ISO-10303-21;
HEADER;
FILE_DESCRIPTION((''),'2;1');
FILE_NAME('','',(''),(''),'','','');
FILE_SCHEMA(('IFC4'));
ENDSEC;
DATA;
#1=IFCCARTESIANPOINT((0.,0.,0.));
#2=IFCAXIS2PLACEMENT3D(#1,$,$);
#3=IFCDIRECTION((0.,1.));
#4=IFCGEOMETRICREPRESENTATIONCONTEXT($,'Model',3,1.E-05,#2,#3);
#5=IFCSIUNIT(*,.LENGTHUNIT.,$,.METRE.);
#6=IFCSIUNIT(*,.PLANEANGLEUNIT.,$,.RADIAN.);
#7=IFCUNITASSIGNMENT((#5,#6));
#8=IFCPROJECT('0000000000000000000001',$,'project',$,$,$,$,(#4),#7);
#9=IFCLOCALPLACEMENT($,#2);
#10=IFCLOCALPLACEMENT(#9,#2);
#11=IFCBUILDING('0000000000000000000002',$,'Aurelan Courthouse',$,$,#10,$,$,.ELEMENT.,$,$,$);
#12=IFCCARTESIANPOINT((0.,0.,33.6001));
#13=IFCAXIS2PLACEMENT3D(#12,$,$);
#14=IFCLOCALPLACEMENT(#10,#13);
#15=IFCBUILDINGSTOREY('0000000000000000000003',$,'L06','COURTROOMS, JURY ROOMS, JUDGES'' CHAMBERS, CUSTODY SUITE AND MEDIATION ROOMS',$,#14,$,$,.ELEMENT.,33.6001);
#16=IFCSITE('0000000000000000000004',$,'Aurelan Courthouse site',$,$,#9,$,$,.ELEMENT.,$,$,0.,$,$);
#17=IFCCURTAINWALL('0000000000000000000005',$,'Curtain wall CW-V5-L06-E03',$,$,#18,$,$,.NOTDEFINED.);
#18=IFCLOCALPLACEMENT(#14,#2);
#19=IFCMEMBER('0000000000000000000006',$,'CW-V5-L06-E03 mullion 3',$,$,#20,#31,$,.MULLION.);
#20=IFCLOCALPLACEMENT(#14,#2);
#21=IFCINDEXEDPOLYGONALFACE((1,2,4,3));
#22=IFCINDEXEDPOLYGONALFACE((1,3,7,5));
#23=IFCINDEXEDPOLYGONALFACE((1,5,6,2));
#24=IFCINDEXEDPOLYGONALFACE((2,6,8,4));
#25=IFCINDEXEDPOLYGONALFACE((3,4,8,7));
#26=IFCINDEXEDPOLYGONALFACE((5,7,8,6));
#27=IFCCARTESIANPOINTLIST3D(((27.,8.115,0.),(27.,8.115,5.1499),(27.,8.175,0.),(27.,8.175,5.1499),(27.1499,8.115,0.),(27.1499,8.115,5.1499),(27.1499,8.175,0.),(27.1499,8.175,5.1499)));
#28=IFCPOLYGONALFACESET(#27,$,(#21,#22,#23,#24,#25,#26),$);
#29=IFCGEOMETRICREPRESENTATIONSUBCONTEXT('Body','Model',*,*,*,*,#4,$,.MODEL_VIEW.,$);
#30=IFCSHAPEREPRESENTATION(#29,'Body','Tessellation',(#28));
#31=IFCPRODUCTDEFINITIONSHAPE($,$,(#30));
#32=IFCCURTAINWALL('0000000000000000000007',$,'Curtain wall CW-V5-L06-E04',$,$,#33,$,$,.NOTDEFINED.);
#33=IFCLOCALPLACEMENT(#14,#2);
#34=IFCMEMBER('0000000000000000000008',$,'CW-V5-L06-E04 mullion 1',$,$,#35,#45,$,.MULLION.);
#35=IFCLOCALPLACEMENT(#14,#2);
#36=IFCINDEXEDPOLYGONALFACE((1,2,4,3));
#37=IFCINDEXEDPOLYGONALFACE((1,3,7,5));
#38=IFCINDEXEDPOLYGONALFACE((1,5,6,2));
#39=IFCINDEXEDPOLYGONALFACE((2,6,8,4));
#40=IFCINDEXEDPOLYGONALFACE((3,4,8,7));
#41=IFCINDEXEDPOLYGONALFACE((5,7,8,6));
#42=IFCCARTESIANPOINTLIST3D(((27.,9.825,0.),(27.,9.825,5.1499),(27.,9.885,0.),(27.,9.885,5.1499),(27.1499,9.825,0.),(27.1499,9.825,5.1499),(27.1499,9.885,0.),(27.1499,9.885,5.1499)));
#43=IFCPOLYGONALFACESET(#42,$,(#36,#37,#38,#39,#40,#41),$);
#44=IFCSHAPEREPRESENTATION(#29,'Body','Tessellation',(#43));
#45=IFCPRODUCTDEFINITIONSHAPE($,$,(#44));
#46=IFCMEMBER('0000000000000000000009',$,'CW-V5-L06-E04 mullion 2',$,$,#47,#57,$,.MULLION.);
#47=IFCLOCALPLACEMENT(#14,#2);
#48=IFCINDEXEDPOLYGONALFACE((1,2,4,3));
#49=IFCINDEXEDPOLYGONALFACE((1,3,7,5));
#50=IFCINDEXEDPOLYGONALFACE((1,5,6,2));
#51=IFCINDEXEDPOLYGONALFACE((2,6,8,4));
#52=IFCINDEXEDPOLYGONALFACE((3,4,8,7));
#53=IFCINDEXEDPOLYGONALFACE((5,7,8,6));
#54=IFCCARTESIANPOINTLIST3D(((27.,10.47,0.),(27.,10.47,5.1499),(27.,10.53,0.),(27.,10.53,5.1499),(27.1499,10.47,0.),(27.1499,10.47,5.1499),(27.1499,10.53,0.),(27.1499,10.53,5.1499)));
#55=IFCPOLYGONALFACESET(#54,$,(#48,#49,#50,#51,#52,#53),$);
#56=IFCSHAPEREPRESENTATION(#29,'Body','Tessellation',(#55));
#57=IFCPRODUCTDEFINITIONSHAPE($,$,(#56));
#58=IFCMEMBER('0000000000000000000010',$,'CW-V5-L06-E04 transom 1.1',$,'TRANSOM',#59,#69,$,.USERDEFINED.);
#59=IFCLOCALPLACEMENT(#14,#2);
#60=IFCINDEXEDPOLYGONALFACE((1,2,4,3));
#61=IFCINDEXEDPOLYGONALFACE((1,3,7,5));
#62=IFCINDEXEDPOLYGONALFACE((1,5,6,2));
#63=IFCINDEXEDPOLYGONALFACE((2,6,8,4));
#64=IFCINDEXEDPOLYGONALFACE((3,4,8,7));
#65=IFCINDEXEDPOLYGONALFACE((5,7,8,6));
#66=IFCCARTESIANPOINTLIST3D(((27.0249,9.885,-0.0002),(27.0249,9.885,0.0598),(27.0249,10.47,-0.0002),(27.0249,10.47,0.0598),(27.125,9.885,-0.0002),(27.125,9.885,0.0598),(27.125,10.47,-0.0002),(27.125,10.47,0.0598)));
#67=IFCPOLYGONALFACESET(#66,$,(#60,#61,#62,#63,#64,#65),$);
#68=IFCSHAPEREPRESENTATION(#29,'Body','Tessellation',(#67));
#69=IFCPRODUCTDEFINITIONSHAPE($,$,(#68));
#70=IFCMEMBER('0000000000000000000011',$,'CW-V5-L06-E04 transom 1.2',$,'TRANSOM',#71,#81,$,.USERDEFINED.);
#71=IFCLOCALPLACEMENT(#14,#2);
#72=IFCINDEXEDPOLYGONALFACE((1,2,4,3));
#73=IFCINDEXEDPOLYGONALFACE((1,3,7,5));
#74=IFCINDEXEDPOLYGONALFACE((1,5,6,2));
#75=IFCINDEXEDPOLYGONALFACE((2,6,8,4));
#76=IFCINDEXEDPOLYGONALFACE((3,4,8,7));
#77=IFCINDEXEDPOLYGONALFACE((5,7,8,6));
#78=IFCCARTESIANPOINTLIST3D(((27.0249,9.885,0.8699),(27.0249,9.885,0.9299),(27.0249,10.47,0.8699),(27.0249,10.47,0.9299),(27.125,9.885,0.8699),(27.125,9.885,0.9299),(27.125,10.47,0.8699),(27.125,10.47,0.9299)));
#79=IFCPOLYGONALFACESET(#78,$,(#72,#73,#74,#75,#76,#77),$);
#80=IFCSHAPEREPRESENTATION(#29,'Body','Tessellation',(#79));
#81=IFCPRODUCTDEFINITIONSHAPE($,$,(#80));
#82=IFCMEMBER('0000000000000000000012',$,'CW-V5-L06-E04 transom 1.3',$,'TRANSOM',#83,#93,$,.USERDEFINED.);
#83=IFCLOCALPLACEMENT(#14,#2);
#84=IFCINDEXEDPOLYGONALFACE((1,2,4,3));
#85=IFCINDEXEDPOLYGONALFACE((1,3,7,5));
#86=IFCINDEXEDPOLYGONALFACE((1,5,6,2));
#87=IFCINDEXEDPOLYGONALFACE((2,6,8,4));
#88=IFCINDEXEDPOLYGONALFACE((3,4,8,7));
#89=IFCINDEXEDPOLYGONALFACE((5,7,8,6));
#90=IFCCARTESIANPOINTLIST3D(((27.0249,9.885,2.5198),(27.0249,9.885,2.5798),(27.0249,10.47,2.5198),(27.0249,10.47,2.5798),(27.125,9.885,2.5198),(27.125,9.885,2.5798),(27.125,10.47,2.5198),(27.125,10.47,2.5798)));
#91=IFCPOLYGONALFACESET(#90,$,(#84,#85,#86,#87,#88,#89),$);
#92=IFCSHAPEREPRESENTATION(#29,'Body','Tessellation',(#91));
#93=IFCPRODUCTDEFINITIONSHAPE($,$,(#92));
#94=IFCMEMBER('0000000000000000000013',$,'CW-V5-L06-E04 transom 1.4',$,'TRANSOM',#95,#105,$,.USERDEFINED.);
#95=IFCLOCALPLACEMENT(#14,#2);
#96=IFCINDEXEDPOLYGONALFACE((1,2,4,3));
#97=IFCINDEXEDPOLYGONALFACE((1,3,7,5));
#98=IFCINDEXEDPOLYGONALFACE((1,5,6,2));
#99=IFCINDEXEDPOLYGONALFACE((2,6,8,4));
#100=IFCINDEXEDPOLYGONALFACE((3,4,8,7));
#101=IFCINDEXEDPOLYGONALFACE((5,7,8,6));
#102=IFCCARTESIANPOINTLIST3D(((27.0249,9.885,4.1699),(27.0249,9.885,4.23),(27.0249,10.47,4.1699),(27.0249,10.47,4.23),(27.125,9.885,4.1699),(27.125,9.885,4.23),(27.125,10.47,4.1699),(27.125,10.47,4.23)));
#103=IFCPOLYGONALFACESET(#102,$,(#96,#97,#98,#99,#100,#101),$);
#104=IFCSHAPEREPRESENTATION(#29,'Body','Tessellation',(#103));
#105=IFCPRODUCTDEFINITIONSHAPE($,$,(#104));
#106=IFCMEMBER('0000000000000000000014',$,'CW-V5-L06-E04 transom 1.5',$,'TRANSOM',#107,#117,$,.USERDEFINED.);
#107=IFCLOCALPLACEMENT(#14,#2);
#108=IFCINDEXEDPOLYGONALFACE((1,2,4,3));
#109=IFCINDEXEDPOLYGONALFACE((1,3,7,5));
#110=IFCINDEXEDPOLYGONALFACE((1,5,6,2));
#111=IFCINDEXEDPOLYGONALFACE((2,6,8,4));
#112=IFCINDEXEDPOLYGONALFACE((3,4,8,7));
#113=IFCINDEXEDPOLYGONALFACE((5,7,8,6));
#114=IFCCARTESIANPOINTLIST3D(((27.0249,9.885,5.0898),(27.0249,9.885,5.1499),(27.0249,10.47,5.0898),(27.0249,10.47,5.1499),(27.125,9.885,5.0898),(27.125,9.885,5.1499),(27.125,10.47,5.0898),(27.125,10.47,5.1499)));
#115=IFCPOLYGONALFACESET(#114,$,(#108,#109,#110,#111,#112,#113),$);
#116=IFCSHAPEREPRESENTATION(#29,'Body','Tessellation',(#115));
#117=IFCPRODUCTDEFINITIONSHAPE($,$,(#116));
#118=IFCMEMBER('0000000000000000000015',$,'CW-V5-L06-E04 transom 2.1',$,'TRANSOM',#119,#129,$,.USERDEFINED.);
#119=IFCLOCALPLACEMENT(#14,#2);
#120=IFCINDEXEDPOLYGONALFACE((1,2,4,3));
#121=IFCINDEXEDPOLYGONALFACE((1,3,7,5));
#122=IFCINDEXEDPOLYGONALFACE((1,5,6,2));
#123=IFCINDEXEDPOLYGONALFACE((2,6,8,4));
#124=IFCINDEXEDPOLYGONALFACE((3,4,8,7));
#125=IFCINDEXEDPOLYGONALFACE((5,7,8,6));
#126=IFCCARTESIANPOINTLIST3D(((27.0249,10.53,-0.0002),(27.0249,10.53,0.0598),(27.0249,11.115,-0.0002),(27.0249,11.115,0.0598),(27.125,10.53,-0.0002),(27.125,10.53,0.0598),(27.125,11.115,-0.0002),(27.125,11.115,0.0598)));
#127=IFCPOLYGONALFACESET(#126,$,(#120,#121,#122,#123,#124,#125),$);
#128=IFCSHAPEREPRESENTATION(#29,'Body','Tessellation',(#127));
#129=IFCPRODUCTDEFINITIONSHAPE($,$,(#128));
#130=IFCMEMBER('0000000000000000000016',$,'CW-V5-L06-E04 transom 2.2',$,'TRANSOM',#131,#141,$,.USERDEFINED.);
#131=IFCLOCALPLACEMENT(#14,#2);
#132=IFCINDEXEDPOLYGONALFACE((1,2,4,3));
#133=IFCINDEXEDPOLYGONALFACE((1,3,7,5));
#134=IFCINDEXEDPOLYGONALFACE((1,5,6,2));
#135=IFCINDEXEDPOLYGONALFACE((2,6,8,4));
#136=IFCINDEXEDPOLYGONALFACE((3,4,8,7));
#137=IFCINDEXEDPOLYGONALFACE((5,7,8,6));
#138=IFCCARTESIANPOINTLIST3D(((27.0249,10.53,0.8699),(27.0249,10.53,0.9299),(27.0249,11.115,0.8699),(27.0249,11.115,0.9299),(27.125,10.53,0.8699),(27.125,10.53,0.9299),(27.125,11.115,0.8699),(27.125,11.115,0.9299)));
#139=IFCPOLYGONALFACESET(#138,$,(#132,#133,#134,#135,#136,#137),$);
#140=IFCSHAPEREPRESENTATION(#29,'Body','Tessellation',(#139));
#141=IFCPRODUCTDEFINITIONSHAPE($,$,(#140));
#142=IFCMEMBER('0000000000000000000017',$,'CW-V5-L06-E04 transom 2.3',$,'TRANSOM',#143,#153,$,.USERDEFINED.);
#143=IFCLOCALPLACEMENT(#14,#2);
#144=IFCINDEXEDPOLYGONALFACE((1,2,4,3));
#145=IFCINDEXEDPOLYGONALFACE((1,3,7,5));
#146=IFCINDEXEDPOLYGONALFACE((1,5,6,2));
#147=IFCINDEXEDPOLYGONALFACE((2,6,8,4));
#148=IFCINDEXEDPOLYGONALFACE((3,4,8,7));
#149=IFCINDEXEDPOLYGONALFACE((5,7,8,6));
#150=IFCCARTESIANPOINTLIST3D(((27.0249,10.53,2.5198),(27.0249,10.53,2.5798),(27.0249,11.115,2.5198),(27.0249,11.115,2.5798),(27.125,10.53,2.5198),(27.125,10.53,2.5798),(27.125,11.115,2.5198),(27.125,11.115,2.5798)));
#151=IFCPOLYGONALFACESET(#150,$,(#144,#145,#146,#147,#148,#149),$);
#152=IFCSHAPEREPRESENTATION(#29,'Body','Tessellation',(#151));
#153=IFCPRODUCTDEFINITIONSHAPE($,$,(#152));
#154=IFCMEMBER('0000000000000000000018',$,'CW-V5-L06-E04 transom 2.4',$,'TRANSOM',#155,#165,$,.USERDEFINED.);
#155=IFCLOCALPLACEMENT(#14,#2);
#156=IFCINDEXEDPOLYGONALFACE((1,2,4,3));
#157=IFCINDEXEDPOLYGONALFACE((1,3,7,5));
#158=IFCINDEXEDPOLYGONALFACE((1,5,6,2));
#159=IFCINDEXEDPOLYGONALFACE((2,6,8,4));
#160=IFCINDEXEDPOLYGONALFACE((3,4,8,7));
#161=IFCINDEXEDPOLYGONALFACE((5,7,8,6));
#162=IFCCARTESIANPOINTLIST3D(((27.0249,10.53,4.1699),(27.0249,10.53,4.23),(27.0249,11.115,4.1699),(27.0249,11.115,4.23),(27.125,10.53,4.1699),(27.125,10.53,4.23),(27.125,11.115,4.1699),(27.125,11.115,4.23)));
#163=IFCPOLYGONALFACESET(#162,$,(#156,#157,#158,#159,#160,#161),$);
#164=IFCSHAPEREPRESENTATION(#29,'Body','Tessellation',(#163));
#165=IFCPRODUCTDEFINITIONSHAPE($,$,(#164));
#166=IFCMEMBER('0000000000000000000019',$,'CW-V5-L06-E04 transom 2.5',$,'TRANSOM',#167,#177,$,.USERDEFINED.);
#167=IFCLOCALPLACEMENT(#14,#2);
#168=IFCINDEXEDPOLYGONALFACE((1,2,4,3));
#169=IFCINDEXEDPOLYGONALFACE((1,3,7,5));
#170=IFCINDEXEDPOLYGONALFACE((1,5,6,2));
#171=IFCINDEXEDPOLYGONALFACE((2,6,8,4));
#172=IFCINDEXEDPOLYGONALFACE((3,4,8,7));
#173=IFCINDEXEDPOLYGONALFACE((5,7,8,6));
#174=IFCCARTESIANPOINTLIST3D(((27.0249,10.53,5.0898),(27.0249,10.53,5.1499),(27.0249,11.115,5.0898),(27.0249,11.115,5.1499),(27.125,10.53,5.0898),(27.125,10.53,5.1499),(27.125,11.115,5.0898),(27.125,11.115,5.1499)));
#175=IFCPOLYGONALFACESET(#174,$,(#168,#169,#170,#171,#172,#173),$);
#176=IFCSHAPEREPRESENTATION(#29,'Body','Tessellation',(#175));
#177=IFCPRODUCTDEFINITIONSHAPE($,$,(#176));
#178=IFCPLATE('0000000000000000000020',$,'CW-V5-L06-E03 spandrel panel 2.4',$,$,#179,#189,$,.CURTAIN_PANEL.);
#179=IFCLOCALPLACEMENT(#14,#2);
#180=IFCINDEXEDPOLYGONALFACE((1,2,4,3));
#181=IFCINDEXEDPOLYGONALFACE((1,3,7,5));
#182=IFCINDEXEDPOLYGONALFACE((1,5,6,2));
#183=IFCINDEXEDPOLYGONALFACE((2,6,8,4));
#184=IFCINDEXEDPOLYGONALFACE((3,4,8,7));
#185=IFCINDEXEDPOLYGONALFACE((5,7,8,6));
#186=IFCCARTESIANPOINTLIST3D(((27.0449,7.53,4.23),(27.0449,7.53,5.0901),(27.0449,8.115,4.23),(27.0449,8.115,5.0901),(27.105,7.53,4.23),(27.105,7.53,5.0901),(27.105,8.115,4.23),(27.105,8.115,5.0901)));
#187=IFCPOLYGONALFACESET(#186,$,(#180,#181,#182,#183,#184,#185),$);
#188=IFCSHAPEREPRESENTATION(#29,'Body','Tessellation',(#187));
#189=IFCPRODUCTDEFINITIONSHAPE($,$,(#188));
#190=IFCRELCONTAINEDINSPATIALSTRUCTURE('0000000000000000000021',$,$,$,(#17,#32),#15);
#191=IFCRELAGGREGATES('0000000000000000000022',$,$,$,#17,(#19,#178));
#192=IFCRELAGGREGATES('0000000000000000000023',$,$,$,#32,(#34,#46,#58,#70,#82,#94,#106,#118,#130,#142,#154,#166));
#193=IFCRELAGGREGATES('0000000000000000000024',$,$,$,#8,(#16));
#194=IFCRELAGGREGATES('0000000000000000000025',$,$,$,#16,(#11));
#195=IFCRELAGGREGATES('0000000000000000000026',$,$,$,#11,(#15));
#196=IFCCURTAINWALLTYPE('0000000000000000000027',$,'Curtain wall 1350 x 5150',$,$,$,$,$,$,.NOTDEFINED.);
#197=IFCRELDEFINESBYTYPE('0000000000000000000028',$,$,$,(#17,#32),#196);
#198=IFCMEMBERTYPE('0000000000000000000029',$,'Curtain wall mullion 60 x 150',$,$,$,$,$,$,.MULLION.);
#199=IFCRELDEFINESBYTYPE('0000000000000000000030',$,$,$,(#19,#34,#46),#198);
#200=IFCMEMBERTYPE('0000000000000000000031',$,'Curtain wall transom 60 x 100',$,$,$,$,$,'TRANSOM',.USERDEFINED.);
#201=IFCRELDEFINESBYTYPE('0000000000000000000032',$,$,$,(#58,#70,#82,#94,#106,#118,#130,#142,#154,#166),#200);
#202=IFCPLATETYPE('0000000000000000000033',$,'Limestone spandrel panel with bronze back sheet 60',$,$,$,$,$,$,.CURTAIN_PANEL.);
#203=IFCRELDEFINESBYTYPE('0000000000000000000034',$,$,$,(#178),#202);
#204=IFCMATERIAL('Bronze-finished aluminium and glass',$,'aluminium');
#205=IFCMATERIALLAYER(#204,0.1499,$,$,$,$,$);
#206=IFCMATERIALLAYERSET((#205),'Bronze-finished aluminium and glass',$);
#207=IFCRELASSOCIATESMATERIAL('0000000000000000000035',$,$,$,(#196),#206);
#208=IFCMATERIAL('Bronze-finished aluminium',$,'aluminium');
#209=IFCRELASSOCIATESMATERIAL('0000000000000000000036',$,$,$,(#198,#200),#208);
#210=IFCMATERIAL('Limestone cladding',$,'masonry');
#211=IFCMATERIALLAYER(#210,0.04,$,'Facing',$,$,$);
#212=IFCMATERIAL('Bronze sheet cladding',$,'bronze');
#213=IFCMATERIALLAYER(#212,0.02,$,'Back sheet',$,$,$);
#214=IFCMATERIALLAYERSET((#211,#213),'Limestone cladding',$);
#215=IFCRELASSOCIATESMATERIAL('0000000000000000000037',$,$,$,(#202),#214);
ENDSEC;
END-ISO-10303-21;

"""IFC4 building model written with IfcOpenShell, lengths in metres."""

from ifc_helpers import new_model, si_unit, direction, frame, origin, origin_2d, place, context, subcontext, project, spatial, rectangle, extrude, material, layer, layer_set, material_profile, profile_set, type_object, element, aggregate, save


model = new_model("IFC4")

# Units and contexts
model_context = context("Model", 3, precision=1e-05, world=origin(), true_north=direction((0.0, 1.0)))
body_context = subcontext(model_context, "Body", "Model", "MODEL_VIEW")
ifc_project = project(units=[si_unit("LENGTHUNIT", "METRE"), si_unit("PLANEANGLEUNIT", "RADIAN")], contexts=[model_context])

# Site, building, storey
site_placement = place(None, origin())
site = spatial("IfcSite", under=ifc_project, at=site_placement, Name="Aurelan Courthouse site", CompositionType="ELEMENT", RefElevation=0.0)
building_placement = place(site_placement, origin())
building = spatial("IfcBuilding", under=site, at=building_placement, Name="Aurelan Courthouse", CompositionType="ELEMENT")
storey_placement = place(building_placement, frame((0.0, 0.0, 33.6001)))
storey = spatial("IfcBuildingStorey", under=building, at=storey_placement, Name="L06", Description="COURTROOMS, JURY ROOMS, JUDGES' CHAMBERS, CUSTODY SUITE AND MEDIATION ROOMS", CompositionType="ELEMENT", Elevation=33.6001)

# Curtain wall, member
ifc_material_1 = material(Name="Bronze-finished aluminium and glass", Category="aluminium")
ifc_layer_1 = layer(ifc_material_1, 0.1499)
ifc_layer_set_1 = layer_set([ifc_layer_1], Name="Bronze-finished aluminium and glass")
curtain_wall_type = type_object("IfcCurtainWallType", Name="Curtain wall 1350 x 5150", PredefinedType="NOTDEFINED", material=ifc_layer_set_1)
curtain_wall_1_placement = place(storey_placement, origin())
curtain_wall_1 = element("IfcCurtainWall", 1, at=curtain_wall_1_placement, inside=storey, type_object=curtain_wall_type, Name="Curtain wall CW-V5-L06-E03", PredefinedType="NOTDEFINED")
ifc_material_2 = material(Name="Bronze-finished aluminium", Category="aluminium")
ifc_material_profile_1 = material_profile(ifc_material_2, rectangle(XDim=0.1499, YDim=0.0601, at=origin_2d()), Name="Bronze mullion 60 x 150")
ifc_profile_set_1 = profile_set([ifc_material_profile_1], Name="Bronze-finished aluminium")
member_type_1 = type_object("IfcMemberType", Name="Curtain wall mullion 60 x 150", PredefinedType="MULLION", material=ifc_profile_set_1)
member_1_placement = place(storey_placement, frame((27.075, 8.145, 0.0), z_axis=(0.0, 0.0, 1.0), x_axis=(-1.0, 0.0, 0.0)))
member_1 = element("IfcMember", 2, at=member_1_placement, type_object=member_type_1, Name="CW-V5-L06-E03 mullion 3", PredefinedType="MULLION", context=body_context, shape_type="SweptSolid", body=[
    extrude(rectangle(XDim=0.1499, YDim=0.0601, at=origin_2d()), origin(), (0.0, 0.0, 1.0), 5.1499),
])

# Curtain wall, members
curtain_wall_2_placement = place(storey_placement, origin())
curtain_wall_2 = element("IfcCurtainWall", 3, at=curtain_wall_2_placement, inside=storey, type_object=curtain_wall_type, Name="Curtain wall CW-V5-L06-E04", PredefinedType="NOTDEFINED")
member_2_placement = place(storey_placement, frame((27.075, 9.855, 0.0), z_axis=(0.0, 0.0, 1.0), x_axis=(-1.0, 0.0, 0.0)))
member_2 = element("IfcMember", 4, at=member_2_placement, type_object=member_type_1, Name="CW-V5-L06-E04 mullion 1", PredefinedType="MULLION", context=body_context, shape_type="SweptSolid", body=[
    extrude(rectangle(XDim=0.1499, YDim=0.0601, at=origin_2d()), origin(), (0.0, 0.0, 1.0), 5.1499),
])
member_3_placement = place(storey_placement, frame((27.075, 10.5, 0.0), z_axis=(0.0, 0.0, 1.0), x_axis=(-1.0, 0.0, 0.0)))
member_3 = element("IfcMember", 5, at=member_3_placement, type_object=member_type_1, Name="CW-V5-L06-E04 mullion 2", PredefinedType="MULLION", context=body_context, shape_type="SweptSolid", body=[
    extrude(rectangle(XDim=0.1499, YDim=0.0601, at=origin_2d()), origin(), (0.0, 0.0, 1.0), 5.1499),
])
ifc_material_profile_2 = material_profile(ifc_material_2, rectangle(XDim=0.1001, YDim=0.0601, at=origin_2d()), Name="Bronze transom 60 x 100")
ifc_profile_set_2 = profile_set([ifc_material_profile_2], Name="Bronze-finished aluminium")
member_type_2 = type_object("IfcMemberType", Name="Curtain wall transom 60 x 100", ElementType="TRANSOM", PredefinedType="USERDEFINED", material=ifc_profile_set_2)
member_4_placement = place(storey_placement, frame((27.075, 9.885, 0.0298), z_axis=(0.0, 1.0, 0.0), x_axis=(-1.0, 0.0, 0.0)))
member_4 = element("IfcMember", 6, at=member_4_placement, type_object=member_type_2, Name="CW-V5-L06-E04 transom 1.1", ObjectType="TRANSOM", PredefinedType="USERDEFINED", context=body_context, shape_type="SweptSolid", body=[
    extrude(rectangle(XDim=0.1001, YDim=0.0601, at=origin_2d()), origin(), (0.0, 0.0, 1.0), 0.585),
])
member_5_placement = place(storey_placement, frame((27.075, 9.885, 0.8999), z_axis=(0.0, 1.0, 0.0), x_axis=(-1.0, 0.0, 0.0)))
member_5 = element("IfcMember", 7, at=member_5_placement, type_object=member_type_2, Name="CW-V5-L06-E04 transom 1.2", ObjectType="TRANSOM", PredefinedType="USERDEFINED", context=body_context, shape_type="SweptSolid", body=[
    extrude(rectangle(XDim=0.1001, YDim=0.0601, at=origin_2d()), origin(), (0.0, 0.0, 1.0), 0.585),
])
member_6_placement = place(storey_placement, frame((27.075, 9.885, 2.5498), z_axis=(0.0, 1.0, 0.0), x_axis=(-1.0, 0.0, 0.0)))
member_6 = element("IfcMember", 8, at=member_6_placement, type_object=member_type_2, Name="CW-V5-L06-E04 transom 1.3", ObjectType="TRANSOM", PredefinedType="USERDEFINED", context=body_context, shape_type="SweptSolid", body=[
    extrude(rectangle(XDim=0.1001, YDim=0.0601, at=origin_2d()), origin(), (0.0, 0.0, 1.0), 0.585),
])
member_7_placement = place(storey_placement, frame((27.075, 9.885, 4.2), z_axis=(0.0, 1.0, 0.0), x_axis=(-1.0, 0.0, 0.0)))
member_7 = element("IfcMember", 9, at=member_7_placement, type_object=member_type_2, Name="CW-V5-L06-E04 transom 1.4", ObjectType="TRANSOM", PredefinedType="USERDEFINED", context=body_context, shape_type="SweptSolid", body=[
    extrude(rectangle(XDim=0.1001, YDim=0.0601, at=origin_2d()), origin(), (0.0, 0.0, 1.0), 0.585),
])
member_8_placement = place(storey_placement, frame((27.075, 9.885, 5.1199), z_axis=(0.0, 1.0, 0.0), x_axis=(-1.0, 0.0, 0.0)))
member_8 = element("IfcMember", 10, at=member_8_placement, type_object=member_type_2, Name="CW-V5-L06-E04 transom 1.5", ObjectType="TRANSOM", PredefinedType="USERDEFINED", context=body_context, shape_type="SweptSolid", body=[
    extrude(rectangle(XDim=0.1001, YDim=0.0601, at=origin_2d()), origin(), (0.0, 0.0, 1.0), 0.585),
])
member_9_placement = place(storey_placement, frame((27.075, 10.53, 0.0298), z_axis=(0.0, 1.0, 0.0), x_axis=(-1.0, 0.0, 0.0)))
member_9 = element("IfcMember", 11, at=member_9_placement, type_object=member_type_2, Name="CW-V5-L06-E04 transom 2.1", ObjectType="TRANSOM", PredefinedType="USERDEFINED", context=body_context, shape_type="SweptSolid", body=[
    extrude(rectangle(XDim=0.1001, YDim=0.0601, at=origin_2d()), origin(), (0.0, 0.0, 1.0), 0.585),
])
member_10_placement = place(storey_placement, frame((27.075, 10.53, 0.8999), z_axis=(0.0, 1.0, 0.0), x_axis=(-1.0, 0.0, 0.0)))
member_10 = element("IfcMember", 12, at=member_10_placement, type_object=member_type_2, Name="CW-V5-L06-E04 transom 2.2", ObjectType="TRANSOM", PredefinedType="USERDEFINED", context=body_context, shape_type="SweptSolid", body=[
    extrude(rectangle(XDim=0.1001, YDim=0.0601, at=origin_2d()), origin(), (0.0, 0.0, 1.0), 0.585),
])
member_11_placement = place(storey_placement, frame((27.075, 10.53, 2.5498), z_axis=(0.0, 1.0, 0.0), x_axis=(-1.0, 0.0, 0.0)))
member_11 = element("IfcMember", 13, at=member_11_placement, type_object=member_type_2, Name="CW-V5-L06-E04 transom 2.3", ObjectType="TRANSOM", PredefinedType="USERDEFINED", context=body_context, shape_type="SweptSolid", body=[
    extrude(rectangle(XDim=0.1001, YDim=0.0601, at=origin_2d()), origin(), (0.0, 0.0, 1.0), 0.585),
])
member_12_placement = place(storey_placement, frame((27.075, 10.53, 4.2), z_axis=(0.0, 1.0, 0.0), x_axis=(-1.0, 0.0, 0.0)))
member_12 = element("IfcMember", 14, at=member_12_placement, type_object=member_type_2, Name="CW-V5-L06-E04 transom 2.4", ObjectType="TRANSOM", PredefinedType="USERDEFINED", context=body_context, shape_type="SweptSolid", body=[
    extrude(rectangle(XDim=0.1001, YDim=0.0601, at=origin_2d()), origin(), (0.0, 0.0, 1.0), 0.585),
])
member_13_placement = place(storey_placement, frame((27.075, 10.53, 5.1199), z_axis=(0.0, 1.0, 0.0), x_axis=(-1.0, 0.0, 0.0)))
member_13 = element("IfcMember", 15, at=member_13_placement, type_object=member_type_2, Name="CW-V5-L06-E04 transom 2.5", ObjectType="TRANSOM", PredefinedType="USERDEFINED", context=body_context, shape_type="SweptSolid", body=[
    extrude(rectangle(XDim=0.1001, YDim=0.0601, at=origin_2d()), origin(), (0.0, 0.0, 1.0), 0.585),
])

# Plate
ifc_material_3 = material(Name="Limestone cladding", Category="masonry")
ifc_layer_2 = layer(ifc_material_3, 0.04, Name="Facing")
ifc_material_4 = material(Name="Bronze sheet cladding", Category="bronze")
ifc_layer_3 = layer(ifc_material_4, 0.02, Name="Back sheet")
ifc_layer_set_2 = layer_set([ifc_layer_2, ifc_layer_3], Name="Limestone cladding")
plate_type_1 = type_object("IfcPlateType", Name="Limestone spandrel panel with bronze back sheet 60", PredefinedType="CURTAIN_PANEL", material=ifc_layer_set_2)
plate_1_placement = place(storey_placement, frame((27.075, 7.8225, 4.23), z_axis=(0.0, 0.0, 1.0), x_axis=(0.0, 1.0, 0.0)))
plate_1 = element("IfcPlate", 16, at=plate_1_placement, type_object=plate_type_1, Name="CW-V5-L06-E03 spandrel panel 2.4", PredefinedType="CURTAIN_PANEL", context=body_context, shape_type="SweptSolid", body=[
    extrude(rectangle(XDim=0.585, YDim=0.0601, at=origin_2d()), origin(), (0.0, 0.0, 1.0), 0.8601),
])
aggregate(curtain_wall_1, [member_1, plate_1])
aggregate(curtain_wall_2, [member_2, member_3, member_4, member_5, member_6, member_7, member_8, member_9, member_10, member_11, member_12, member_13])

save(model, "model.ifc")
